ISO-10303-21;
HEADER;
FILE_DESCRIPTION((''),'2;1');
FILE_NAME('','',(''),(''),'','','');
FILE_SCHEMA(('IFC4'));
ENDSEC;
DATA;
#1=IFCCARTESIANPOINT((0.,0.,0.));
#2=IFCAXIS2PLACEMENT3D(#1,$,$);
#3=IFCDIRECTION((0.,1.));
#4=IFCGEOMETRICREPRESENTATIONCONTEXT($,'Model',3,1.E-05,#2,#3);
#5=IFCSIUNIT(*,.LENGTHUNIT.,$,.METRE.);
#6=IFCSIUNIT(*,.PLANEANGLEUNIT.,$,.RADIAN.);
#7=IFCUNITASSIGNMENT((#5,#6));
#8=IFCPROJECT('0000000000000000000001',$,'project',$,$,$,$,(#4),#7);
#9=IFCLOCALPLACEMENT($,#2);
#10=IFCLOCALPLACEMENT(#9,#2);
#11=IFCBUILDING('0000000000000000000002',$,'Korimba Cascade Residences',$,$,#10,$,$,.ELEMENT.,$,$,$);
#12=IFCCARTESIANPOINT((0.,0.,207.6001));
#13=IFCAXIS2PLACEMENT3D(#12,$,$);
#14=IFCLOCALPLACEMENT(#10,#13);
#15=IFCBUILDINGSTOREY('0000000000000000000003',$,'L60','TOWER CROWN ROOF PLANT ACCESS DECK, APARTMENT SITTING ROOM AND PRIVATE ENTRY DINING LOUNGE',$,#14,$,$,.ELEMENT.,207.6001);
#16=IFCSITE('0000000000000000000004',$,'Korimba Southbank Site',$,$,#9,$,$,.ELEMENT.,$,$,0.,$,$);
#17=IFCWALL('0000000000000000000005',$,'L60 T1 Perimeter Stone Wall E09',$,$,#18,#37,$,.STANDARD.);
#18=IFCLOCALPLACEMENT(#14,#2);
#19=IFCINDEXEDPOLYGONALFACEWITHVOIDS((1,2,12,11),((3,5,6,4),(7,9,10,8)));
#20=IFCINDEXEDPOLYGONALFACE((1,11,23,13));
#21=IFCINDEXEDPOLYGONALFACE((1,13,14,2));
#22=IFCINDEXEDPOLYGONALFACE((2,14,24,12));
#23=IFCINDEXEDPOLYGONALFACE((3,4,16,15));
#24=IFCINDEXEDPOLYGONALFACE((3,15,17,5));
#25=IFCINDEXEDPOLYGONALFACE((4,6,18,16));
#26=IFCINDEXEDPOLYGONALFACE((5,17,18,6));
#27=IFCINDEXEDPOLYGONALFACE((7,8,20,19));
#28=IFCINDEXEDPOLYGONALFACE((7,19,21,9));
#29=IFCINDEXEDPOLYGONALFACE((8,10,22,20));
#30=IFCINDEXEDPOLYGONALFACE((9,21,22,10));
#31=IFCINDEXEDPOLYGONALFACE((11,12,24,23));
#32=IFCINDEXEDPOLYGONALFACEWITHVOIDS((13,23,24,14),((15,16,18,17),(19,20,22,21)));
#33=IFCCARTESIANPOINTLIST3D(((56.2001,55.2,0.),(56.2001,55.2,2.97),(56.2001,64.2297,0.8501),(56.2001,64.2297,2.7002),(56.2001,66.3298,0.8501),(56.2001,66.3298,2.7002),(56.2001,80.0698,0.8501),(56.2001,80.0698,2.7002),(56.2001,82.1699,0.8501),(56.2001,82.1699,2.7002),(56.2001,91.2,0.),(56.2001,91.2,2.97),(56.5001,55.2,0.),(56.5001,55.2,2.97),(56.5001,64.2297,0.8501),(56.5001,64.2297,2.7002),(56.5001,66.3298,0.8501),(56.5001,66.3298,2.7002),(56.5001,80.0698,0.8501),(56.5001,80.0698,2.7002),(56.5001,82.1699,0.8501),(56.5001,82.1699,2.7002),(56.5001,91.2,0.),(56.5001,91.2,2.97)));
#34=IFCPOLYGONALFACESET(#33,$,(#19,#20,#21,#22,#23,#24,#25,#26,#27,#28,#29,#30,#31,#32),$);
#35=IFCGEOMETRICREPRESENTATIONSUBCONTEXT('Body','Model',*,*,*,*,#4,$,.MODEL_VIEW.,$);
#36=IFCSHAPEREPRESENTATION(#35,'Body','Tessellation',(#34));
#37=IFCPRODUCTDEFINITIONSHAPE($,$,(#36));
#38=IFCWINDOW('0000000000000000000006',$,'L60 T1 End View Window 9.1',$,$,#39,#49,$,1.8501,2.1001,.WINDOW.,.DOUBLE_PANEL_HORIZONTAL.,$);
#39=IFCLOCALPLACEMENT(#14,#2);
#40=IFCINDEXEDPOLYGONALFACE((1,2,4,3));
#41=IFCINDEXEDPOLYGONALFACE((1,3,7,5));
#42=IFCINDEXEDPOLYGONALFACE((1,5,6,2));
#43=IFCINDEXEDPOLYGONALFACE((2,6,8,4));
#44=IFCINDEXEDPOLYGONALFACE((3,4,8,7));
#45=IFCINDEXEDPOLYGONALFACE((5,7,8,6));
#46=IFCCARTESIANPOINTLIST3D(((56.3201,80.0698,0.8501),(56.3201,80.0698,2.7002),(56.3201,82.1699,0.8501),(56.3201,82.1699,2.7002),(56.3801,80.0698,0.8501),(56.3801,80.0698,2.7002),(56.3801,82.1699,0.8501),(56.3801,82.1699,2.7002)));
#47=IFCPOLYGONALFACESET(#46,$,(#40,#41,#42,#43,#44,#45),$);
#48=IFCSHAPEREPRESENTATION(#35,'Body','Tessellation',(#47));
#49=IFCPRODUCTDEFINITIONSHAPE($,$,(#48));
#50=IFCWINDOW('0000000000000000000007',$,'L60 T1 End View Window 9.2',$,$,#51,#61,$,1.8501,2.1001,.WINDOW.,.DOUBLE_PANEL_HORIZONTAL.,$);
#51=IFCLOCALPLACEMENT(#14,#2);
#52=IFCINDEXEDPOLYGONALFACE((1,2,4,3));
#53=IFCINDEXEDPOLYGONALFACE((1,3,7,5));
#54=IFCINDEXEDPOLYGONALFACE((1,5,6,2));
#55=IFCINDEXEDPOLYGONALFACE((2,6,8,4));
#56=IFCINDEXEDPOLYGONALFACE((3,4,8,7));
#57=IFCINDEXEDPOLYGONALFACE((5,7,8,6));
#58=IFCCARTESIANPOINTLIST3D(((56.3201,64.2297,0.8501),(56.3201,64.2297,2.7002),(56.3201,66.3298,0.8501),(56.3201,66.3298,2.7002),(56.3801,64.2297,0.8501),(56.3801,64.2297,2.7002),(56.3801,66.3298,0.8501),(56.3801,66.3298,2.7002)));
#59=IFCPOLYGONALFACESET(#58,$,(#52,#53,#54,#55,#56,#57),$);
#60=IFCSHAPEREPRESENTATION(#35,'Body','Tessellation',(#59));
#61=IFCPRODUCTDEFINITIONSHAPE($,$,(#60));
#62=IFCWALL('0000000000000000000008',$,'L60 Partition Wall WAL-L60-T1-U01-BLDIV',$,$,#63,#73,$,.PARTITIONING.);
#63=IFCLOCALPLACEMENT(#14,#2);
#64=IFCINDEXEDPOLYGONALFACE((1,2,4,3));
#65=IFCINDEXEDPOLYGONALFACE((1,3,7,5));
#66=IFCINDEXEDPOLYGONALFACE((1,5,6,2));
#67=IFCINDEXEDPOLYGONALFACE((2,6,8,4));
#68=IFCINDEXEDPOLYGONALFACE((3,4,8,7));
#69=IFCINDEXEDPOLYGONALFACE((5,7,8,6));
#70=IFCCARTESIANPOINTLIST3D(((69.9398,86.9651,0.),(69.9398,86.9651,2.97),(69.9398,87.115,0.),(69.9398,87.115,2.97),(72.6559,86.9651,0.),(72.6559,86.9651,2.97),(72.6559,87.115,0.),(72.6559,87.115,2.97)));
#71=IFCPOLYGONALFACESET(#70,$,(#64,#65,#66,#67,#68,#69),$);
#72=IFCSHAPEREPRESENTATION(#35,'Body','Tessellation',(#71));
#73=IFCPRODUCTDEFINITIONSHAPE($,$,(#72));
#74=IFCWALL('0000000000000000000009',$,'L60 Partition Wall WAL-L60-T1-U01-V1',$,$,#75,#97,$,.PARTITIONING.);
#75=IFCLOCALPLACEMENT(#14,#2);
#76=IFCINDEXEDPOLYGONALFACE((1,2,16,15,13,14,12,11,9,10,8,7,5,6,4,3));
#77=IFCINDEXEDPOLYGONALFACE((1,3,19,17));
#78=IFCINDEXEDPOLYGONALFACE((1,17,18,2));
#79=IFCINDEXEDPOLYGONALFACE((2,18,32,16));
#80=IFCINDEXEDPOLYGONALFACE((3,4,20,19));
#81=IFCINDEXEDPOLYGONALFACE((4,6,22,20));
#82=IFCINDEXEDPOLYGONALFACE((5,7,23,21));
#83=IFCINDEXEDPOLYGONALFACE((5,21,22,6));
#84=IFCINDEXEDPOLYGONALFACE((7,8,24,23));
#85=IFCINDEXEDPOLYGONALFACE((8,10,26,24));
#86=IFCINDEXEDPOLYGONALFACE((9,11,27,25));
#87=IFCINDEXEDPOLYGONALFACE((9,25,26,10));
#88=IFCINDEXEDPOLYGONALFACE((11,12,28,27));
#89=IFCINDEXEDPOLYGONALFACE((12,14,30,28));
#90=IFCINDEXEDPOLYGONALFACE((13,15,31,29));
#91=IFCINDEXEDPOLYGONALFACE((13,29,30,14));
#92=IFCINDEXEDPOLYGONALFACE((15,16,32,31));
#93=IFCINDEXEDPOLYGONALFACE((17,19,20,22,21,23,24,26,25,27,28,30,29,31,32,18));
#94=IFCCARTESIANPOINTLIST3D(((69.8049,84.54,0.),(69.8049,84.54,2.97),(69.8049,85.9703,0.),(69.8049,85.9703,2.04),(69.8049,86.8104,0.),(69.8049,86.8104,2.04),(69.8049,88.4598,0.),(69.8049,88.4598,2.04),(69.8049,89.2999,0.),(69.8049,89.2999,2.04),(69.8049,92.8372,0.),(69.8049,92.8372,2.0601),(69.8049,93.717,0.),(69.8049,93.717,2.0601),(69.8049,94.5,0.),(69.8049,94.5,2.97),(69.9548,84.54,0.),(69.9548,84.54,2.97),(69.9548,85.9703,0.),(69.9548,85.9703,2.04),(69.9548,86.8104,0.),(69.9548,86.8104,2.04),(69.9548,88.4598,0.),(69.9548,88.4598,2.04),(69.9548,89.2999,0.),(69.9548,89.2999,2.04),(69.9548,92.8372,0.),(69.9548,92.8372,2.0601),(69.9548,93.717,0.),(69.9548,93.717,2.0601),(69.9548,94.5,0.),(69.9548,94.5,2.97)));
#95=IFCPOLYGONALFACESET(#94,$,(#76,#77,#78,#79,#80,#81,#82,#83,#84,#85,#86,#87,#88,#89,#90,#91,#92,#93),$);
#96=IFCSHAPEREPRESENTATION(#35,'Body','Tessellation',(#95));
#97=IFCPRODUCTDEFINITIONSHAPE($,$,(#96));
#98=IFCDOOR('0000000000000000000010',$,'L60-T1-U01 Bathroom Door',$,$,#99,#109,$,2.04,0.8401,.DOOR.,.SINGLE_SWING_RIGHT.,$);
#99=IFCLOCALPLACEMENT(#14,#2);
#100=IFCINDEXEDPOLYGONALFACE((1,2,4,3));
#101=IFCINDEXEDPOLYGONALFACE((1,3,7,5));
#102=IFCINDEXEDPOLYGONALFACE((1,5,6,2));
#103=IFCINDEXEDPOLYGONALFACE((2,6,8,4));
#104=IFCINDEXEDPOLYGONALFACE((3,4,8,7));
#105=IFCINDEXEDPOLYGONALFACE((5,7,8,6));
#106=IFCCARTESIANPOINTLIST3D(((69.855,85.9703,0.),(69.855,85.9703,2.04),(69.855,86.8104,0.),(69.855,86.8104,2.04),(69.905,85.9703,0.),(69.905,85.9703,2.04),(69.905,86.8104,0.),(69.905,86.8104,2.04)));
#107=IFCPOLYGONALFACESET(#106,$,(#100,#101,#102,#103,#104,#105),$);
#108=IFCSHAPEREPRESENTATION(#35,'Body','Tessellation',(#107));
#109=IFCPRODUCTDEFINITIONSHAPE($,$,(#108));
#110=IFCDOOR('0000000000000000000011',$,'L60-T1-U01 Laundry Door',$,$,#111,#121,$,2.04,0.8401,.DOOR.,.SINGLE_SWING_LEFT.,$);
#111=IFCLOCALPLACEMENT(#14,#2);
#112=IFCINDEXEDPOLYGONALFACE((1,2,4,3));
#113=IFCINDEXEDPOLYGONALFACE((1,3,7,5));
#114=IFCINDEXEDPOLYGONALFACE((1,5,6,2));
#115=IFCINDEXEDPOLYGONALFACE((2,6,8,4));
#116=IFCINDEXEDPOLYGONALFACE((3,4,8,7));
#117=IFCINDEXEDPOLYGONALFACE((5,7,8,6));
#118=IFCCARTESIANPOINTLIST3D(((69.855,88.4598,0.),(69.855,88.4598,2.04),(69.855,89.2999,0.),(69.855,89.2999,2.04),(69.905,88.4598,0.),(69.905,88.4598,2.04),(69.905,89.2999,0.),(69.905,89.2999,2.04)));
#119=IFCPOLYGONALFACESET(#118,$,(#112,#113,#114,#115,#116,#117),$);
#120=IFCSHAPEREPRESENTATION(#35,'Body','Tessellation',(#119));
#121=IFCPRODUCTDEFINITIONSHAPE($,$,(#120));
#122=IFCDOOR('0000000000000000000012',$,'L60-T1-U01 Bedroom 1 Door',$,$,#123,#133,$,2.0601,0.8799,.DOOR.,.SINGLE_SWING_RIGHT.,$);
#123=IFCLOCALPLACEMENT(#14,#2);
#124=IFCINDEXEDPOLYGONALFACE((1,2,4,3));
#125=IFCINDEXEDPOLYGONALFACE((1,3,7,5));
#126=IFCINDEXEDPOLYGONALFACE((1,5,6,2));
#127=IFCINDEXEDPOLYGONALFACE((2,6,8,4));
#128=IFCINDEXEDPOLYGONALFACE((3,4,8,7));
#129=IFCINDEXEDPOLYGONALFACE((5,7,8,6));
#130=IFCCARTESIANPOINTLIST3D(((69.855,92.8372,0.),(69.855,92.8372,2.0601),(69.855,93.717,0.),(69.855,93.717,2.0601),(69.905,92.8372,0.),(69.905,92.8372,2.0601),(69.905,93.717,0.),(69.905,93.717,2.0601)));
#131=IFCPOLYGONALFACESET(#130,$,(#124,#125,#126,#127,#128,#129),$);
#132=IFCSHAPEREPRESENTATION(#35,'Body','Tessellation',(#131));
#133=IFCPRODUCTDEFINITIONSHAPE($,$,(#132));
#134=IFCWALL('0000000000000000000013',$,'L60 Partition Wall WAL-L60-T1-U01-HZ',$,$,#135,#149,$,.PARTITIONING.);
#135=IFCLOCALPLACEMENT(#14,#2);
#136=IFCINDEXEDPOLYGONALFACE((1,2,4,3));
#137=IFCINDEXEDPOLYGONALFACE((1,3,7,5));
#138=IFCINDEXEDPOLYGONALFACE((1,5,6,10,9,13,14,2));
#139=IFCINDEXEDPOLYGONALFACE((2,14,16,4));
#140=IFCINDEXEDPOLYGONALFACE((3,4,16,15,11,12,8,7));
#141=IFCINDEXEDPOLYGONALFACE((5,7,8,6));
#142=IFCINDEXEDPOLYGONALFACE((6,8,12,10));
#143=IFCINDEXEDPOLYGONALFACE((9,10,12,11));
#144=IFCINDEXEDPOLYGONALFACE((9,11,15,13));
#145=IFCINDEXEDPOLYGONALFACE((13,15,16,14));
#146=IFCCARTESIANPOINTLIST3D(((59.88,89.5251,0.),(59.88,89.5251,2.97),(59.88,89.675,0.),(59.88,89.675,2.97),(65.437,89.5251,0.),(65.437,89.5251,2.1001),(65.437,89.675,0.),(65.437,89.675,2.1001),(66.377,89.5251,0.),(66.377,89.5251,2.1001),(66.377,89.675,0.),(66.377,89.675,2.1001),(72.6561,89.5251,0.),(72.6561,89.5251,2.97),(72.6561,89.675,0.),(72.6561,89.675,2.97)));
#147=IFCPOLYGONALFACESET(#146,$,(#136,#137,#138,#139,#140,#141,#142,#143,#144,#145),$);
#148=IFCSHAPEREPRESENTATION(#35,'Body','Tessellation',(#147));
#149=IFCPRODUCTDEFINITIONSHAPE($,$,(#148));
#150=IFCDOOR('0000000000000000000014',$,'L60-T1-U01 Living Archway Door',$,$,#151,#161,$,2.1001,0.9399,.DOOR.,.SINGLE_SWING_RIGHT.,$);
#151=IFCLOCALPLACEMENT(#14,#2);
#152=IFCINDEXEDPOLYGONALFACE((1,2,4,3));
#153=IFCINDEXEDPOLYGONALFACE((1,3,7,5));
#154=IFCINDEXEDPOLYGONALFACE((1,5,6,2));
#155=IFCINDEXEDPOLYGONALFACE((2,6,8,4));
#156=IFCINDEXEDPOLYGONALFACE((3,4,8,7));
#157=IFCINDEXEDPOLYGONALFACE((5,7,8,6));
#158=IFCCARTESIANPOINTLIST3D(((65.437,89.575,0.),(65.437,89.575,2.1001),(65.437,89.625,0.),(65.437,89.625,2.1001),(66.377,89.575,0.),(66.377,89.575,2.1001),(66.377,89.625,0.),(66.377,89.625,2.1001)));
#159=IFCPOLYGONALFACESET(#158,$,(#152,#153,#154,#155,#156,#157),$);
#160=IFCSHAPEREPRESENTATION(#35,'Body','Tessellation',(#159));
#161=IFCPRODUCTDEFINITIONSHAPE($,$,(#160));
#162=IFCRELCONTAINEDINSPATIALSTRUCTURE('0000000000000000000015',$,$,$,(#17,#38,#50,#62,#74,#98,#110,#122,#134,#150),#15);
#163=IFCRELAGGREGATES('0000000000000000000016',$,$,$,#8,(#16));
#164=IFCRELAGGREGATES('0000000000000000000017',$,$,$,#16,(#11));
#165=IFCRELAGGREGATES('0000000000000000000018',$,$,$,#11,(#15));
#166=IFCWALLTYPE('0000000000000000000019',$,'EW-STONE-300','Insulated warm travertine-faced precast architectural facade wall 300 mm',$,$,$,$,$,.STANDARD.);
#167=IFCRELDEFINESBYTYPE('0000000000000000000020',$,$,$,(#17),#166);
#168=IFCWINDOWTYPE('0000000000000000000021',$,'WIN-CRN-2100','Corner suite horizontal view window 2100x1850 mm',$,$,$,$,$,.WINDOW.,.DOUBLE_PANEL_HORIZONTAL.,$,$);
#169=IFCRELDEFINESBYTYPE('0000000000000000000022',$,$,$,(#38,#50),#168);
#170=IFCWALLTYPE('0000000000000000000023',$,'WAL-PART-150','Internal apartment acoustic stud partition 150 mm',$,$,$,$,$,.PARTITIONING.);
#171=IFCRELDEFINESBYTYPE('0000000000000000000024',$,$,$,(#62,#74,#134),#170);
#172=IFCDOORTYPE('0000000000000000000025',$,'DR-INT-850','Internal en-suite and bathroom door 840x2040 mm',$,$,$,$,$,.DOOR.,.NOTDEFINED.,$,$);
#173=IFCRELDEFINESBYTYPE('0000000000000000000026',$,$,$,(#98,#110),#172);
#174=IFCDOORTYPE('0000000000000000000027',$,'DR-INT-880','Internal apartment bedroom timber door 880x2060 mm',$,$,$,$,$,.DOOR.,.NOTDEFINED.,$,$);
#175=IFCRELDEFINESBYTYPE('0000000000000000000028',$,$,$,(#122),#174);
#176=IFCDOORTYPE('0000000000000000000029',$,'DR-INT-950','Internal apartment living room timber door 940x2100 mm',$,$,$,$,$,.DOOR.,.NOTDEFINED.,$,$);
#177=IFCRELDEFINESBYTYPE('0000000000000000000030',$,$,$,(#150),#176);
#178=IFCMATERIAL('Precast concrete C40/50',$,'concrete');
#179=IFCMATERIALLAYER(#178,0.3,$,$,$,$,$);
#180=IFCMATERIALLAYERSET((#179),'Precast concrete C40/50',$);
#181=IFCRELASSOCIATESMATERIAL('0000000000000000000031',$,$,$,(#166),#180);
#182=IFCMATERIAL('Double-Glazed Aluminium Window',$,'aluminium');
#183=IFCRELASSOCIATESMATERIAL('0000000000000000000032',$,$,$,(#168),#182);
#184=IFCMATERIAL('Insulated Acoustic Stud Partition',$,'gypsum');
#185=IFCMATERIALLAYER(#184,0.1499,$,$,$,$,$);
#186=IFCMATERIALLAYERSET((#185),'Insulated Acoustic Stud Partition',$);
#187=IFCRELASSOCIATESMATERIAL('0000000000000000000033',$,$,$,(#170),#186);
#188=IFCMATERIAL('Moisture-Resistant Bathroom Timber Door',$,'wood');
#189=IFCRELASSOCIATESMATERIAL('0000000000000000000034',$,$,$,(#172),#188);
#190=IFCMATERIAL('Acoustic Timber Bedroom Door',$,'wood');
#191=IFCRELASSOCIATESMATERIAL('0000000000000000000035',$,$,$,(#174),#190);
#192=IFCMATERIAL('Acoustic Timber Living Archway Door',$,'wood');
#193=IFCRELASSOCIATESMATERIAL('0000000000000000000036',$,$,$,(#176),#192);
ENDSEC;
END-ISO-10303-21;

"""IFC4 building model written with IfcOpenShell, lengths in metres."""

from ifc_helpers import new_model, si_unit, direction, frame, frame_2d, origin, place, context, subcontext, project, spatial, rectangle, extrude, material, layer, layer_set, type_object, element, fill, save


model = new_model("IFC4")

# Units and contexts
model_context = context("Model", 3, precision=1e-05, world=origin(), true_north=direction((0.0, 1.0)))
body_context = subcontext(model_context, "Body", "Model", "MODEL_VIEW")
ifc_project = project(units=[si_unit("LENGTHUNIT", "METRE"), si_unit("PLANEANGLEUNIT", "RADIAN")], contexts=[model_context])

# Site, building, storey
site_placement = place(None, origin())
site = spatial("IfcSite", under=ifc_project, at=site_placement, Name="Korimba Southbank Site", CompositionType="ELEMENT", RefElevation=0.0)
building_placement = place(site_placement, origin())
building = spatial("IfcBuilding", under=site, at=building_placement, Name="Korimba Cascade Residences", CompositionType="ELEMENT")
storey_placement = place(building_placement, frame((0.0, 0.0, 207.6001)))
storey = spatial("IfcBuildingStorey", under=building, at=storey_placement, Name="L60", Description="TOWER CROWN ROOF PLANT ACCESS DECK, APARTMENT SITTING ROOM AND PRIVATE ENTRY DINING LOUNGE", CompositionType="ELEMENT", Elevation=207.6001)

# Shared definitions
ifc_material_1 = material(Name="Precast concrete C40/50", Category="concrete")
ifc_layer_1 = layer(ifc_material_1, 0.3)
ifc_layer_set_1 = layer_set([ifc_layer_1], Name="Precast concrete C40/50")
wall_type_1 = type_object("IfcWallType", Name="EW-STONE-300", Description="Insulated warm travertine-faced precast architectural facade wall 300 mm", PredefinedType="STANDARD", material=ifc_layer_set_1)

# Wall, openings, windows
wall_1_placement = place(storey_placement, frame((56.3501, 91.2, 0.0), z_axis=(0.0, 0.0, 1.0), x_axis=(0.0, -1.0, 0.0)))
wall_1 = element("IfcWall", 1, at=wall_1_placement, inside=storey, type_object=wall_type_1, Name="L60 T1 Perimeter Stone Wall E09", PredefinedType="STANDARD", context=body_context, shape_type="SweptSolid", body=[
    extrude(rectangle(XDim=36.0, YDim=0.3, at=frame_2d((18.0, 0.0))), origin(), (0.0, 0.0, 1.0), 2.97),
])
opening_1_placement = place(wall_1_placement, frame((9.03, 0.0, 0.8501)))
opening_1 = element("IfcOpeningElement", 2, at=opening_1_placement, cuts=wall_1, PredefinedType="OPENING", context=body_context, shape_type="SweptSolid", body=[
    extrude(rectangle(XDim=2.1001, YDim=1.8501, at=frame_2d((1.05, 0.925))), frame((0.0, 0.1602, 0.0), z_axis=(0.0, -1.0, 0.0), x_axis=(1.0, 0.0, 0.0)), (0.0, 0.0, 1.0), 0.3201),
])
opening_2_placement = place(wall_1_placement, frame((24.8701, 0.0, 0.8501)))
opening_2 = element("IfcOpeningElement", 3, at=opening_2_placement, cuts=wall_1, PredefinedType="OPENING", context=body_context, shape_type="SweptSolid", body=[
    extrude(rectangle(XDim=2.1001, YDim=1.8501, at=frame_2d((1.05, 0.925))), frame((0.0, 0.1602, 0.0), z_axis=(0.0, -1.0, 0.0), x_axis=(1.0, 0.0, 0.0)), (0.0, 0.0, 1.0), 0.3201),
])
ifc_material_2 = material(Name="Double-Glazed Aluminium Window", Category="aluminium")
window_type = type_object("IfcWindowType", Name="WIN-CRN-2100", Description="Corner suite horizontal view window 2100x1850 mm", PartitioningType="DOUBLE_PANEL_HORIZONTAL", PredefinedType="WINDOW", material=ifc_material_2)
window_1_placement = place(opening_1_placement, origin())
window_1 = element("IfcWindow", 4, at=window_1_placement, inside=storey, type_object=window_type, Name="L60 T1 End View Window 9.1", OverallHeight=1.8501, OverallWidth=2.1001, PartitioningType="DOUBLE_PANEL_HORIZONTAL", PredefinedType="WINDOW", context=body_context, shape_type="SweptSolid", body=[
    extrude(rectangle(XDim=2.1001, YDim=1.8501, at=frame_2d((1.05, 0.925))), frame((0.0, 0.03, 0.0), z_axis=(0.0, -1.0, 0.0), x_axis=(1.0, 0.0, 0.0)), (0.0, 0.0, 1.0), 0.0601),
])
fill(opening_1, window_1)
window_2_placement = place(opening_2_placement, origin())
window_2 = element("IfcWindow", 5, at=window_2_placement, inside=storey, type_object=window_type, Name="L60 T1 End View Window 9.2", OverallHeight=1.8501, OverallWidth=2.1001, PartitioningType="DOUBLE_PANEL_HORIZONTAL", PredefinedType="WINDOW", context=body_context, shape_type="SweptSolid", body=[
    extrude(rectangle(XDim=2.1001, YDim=1.8501, at=frame_2d((1.05, 0.925))), frame((0.0, 0.03, 0.0), z_axis=(0.0, -1.0, 0.0), x_axis=(1.0, 0.0, 0.0)), (0.0, 0.0, 1.0), 0.0601),
])
fill(opening_2, window_2)

# Wall
ifc_material_3 = material(Name="Insulated Acoustic Stud Partition", Category="gypsum")
ifc_layer_2 = layer(ifc_material_3, 0.1499)
ifc_layer_set_2 = layer_set([ifc_layer_2], Name="Insulated Acoustic Stud Partition")
wall_type_2 = type_object("IfcWallType", Name="WAL-PART-150", Description="Internal apartment acoustic stud partition 150 mm", PredefinedType="PARTITIONING", material=ifc_layer_set_2)
wall_2_placement = place(storey_placement, frame((69.9399, 87.04, 0.0), z_axis=(0.0, 0.0, 1.0), x_axis=(1.0, 0.0, 0.0)))
element("IfcWall", 6, at=wall_2_placement, inside=storey, type_object=wall_type_2, Name="L60 Partition Wall WAL-L60-T1-U01-BLDIV", PredefinedType="PARTITIONING", context=body_context, shape_type="SweptSolid", body=[
    extrude(rectangle(XDim=2.7161, YDim=0.1499, at=frame_2d((1.3579, 0.0))), origin(), (0.0, 0.0, 1.0), 2.97),
])

# Wall, openings, doors
wall_3_placement = place(storey_placement, frame((69.8799, 84.54, 0.0), z_axis=(0.0, 0.0, 1.0), x_axis=(0.0, 1.0, 0.0)))
wall_3 = element("IfcWall", 7, at=wall_3_placement, inside=storey, type_object=wall_type_2, Name="L60 Partition Wall WAL-L60-T1-U01-V1", PredefinedType="PARTITIONING", context=body_context, shape_type="SweptSolid", body=[
    extrude(rectangle(XDim=9.96, YDim=0.1499, at=frame_2d((4.98, 0.0))), origin(), (0.0, 0.0, 1.0), 2.97),
])
opening_3_placement = place(wall_3_placement, frame((1.4304, 0.0, 0.0)))
opening_3 = element("IfcOpeningElement", 8, at=opening_3_placement, cuts=wall_3, PredefinedType="OPENING", context=body_context, shape_type="SweptSolid", body=[
    extrude(rectangle(XDim=0.8401, YDim=2.04, at=frame_2d((0.4199, 1.02))), frame((0.0, 0.085, 0.0), z_axis=(0.0, -1.0, 0.0), x_axis=(1.0, 0.0, 0.0)), (0.0, 0.0, 1.0), 0.1699),
])
opening_4_placement = place(wall_3_placement, frame((3.9199, 0.0, 0.0)))
opening_4 = element("IfcOpeningElement", 9, at=opening_4_placement, cuts=wall_3, PredefinedType="OPENING", context=body_context, shape_type="SweptSolid", body=[
    extrude(rectangle(XDim=0.8401, YDim=2.04, at=frame_2d((0.4199, 1.02))), frame((0.0, 0.085, 0.0), z_axis=(0.0, -1.0, 0.0), x_axis=(1.0, 0.0, 0.0)), (0.0, 0.0, 1.0), 0.1699),
])
opening_5_placement = place(wall_3_placement, frame((8.2971, 0.0, 0.0)))
opening_5 = element("IfcOpeningElement", 10, at=opening_5_placement, cuts=wall_3, PredefinedType="OPENING", context=body_context, shape_type="SweptSolid", body=[
    extrude(rectangle(XDim=0.8799, YDim=2.0601, at=frame_2d((0.4399, 1.03))), frame((0.0, 0.085, 0.0), z_axis=(0.0, -1.0, 0.0), x_axis=(1.0, 0.0, 0.0)), (0.0, 0.0, 1.0), 0.1699),
])
ifc_material_4 = material(Name="Moisture-Resistant Bathroom Timber Door", Category="wood")
door_type_1 = type_object("IfcDoorType", Name="DR-INT-850", Description="Internal en-suite and bathroom door 840x2040 mm", OperationType="NOTDEFINED", PredefinedType="DOOR", material=ifc_material_4)
door_1_placement = place(opening_3_placement, origin())
door_1 = element("IfcDoor", 11, at=door_1_placement, inside=storey, type_object=door_type_1, Name="L60-T1-U01 Bathroom Door", OperationType="SINGLE_SWING_RIGHT", OverallHeight=2.04, OverallWidth=0.8401, PredefinedType="DOOR", context=body_context, shape_type="SweptSolid", body=[
    extrude(rectangle(XDim=0.8401, YDim=2.04, at=frame_2d((0.4199, 1.02))), frame((0.0, 0.0249, 0.0), z_axis=(0.0, -1.0, 0.0), x_axis=(1.0, 0.0, 0.0)), (0.0, 0.0, 1.0), 0.05),
])
fill(opening_3, door_1)
door_2_placement = place(opening_4_placement, origin())
door_2 = element("IfcDoor", 12, at=door_2_placement, inside=storey, type_object=door_type_1, Name="L60-T1-U01 Laundry Door", OperationType="SINGLE_SWING_LEFT", OverallHeight=2.04, OverallWidth=0.8401, PredefinedType="DOOR", context=body_context, shape_type="SweptSolid", body=[
    extrude(rectangle(XDim=0.8401, YDim=2.04, at=frame_2d((0.4199, 1.02))), frame((0.0, 0.0249, 0.0), z_axis=(0.0, -1.0, 0.0), x_axis=(1.0, 0.0, 0.0)), (0.0, 0.0, 1.0), 0.05),
])
fill(opening_4, door_2)
ifc_material_5 = material(Name="Acoustic Timber Bedroom Door", Category="wood")
door_type_2 = type_object("IfcDoorType", Name="DR-INT-880", Description="Internal apartment bedroom timber door 880x2060 mm", OperationType="NOTDEFINED", PredefinedType="DOOR", material=ifc_material_5)
door_3_placement = place(opening_5_placement, origin())
door_3 = element("IfcDoor", 13, at=door_3_placement, inside=storey, type_object=door_type_2, Name="L60-T1-U01 Bedroom 1 Door", OperationType="SINGLE_SWING_RIGHT", OverallHeight=2.0601, OverallWidth=0.8799, PredefinedType="DOOR", context=body_context, shape_type="SweptSolid", body=[
    extrude(rectangle(XDim=0.8799, YDim=2.0601, at=frame_2d((0.4399, 1.03))), frame((0.0, 0.0249, 0.0), z_axis=(0.0, -1.0, 0.0), x_axis=(1.0, 0.0, 0.0)), (0.0, 0.0, 1.0), 0.05),
])
fill(opening_5, door_3)

# Wall, opening, door
wall_4_placement = place(storey_placement, frame((59.8799, 89.6001, 0.0), z_axis=(0.0, 0.0, 1.0), x_axis=(1.0, 0.0, 0.0)))
wall_4 = element("IfcWall", 14, at=wall_4_placement, inside=storey, type_object=wall_type_2, Name="L60 Partition Wall WAL-L60-T1-U01-HZ", PredefinedType="PARTITIONING", context=body_context, shape_type="SweptSolid", body=[
    extrude(rectangle(XDim=12.7761, YDim=0.1499, at=frame_2d((6.3882, 0.0))), origin(), (0.0, 0.0, 1.0), 2.97),
])
opening_6_placement = place(wall_4_placement, frame((5.5571, 0.0, 0.0)))
opening_6 = element("IfcOpeningElement", 15, at=opening_6_placement, cuts=wall_4, PredefinedType="OPENING", context=body_context, shape_type="SweptSolid", body=[
    extrude(rectangle(XDim=0.9399, YDim=2.1001, at=frame_2d((0.47, 1.05))), frame((0.0, 0.085, 0.0), z_axis=(0.0, -1.0, 0.0), x_axis=(1.0, 0.0, 0.0)), (0.0, 0.0, 1.0), 0.1699),
])
ifc_material_6 = material(Name="Acoustic Timber Living Archway Door", Category="wood")
door_type_3 = type_object("IfcDoorType", Name="DR-INT-950", Description="Internal apartment living room timber door 940x2100 mm", OperationType="NOTDEFINED", PredefinedType="DOOR", material=ifc_material_6)
door_4_placement = place(opening_6_placement, origin())
door_4 = element("IfcDoor", 16, at=door_4_placement, inside=storey, type_object=door_type_3, Name="L60-T1-U01 Living Archway Door", OperationType="SINGLE_SWING_RIGHT", OverallHeight=2.1001, OverallWidth=0.9399, PredefinedType="DOOR", context=body_context, shape_type="SweptSolid", body=[
    extrude(rectangle(XDim=0.9399, YDim=2.1001, at=frame_2d((0.47, 1.05))), frame((0.0, 0.0249, 0.0), z_axis=(0.0, -1.0, 0.0), x_axis=(1.0, 0.0, 0.0)), (0.0, 0.0, 1.0), 0.05),
])
fill(opening_6, door_4)

save(model, "model.ifc")
